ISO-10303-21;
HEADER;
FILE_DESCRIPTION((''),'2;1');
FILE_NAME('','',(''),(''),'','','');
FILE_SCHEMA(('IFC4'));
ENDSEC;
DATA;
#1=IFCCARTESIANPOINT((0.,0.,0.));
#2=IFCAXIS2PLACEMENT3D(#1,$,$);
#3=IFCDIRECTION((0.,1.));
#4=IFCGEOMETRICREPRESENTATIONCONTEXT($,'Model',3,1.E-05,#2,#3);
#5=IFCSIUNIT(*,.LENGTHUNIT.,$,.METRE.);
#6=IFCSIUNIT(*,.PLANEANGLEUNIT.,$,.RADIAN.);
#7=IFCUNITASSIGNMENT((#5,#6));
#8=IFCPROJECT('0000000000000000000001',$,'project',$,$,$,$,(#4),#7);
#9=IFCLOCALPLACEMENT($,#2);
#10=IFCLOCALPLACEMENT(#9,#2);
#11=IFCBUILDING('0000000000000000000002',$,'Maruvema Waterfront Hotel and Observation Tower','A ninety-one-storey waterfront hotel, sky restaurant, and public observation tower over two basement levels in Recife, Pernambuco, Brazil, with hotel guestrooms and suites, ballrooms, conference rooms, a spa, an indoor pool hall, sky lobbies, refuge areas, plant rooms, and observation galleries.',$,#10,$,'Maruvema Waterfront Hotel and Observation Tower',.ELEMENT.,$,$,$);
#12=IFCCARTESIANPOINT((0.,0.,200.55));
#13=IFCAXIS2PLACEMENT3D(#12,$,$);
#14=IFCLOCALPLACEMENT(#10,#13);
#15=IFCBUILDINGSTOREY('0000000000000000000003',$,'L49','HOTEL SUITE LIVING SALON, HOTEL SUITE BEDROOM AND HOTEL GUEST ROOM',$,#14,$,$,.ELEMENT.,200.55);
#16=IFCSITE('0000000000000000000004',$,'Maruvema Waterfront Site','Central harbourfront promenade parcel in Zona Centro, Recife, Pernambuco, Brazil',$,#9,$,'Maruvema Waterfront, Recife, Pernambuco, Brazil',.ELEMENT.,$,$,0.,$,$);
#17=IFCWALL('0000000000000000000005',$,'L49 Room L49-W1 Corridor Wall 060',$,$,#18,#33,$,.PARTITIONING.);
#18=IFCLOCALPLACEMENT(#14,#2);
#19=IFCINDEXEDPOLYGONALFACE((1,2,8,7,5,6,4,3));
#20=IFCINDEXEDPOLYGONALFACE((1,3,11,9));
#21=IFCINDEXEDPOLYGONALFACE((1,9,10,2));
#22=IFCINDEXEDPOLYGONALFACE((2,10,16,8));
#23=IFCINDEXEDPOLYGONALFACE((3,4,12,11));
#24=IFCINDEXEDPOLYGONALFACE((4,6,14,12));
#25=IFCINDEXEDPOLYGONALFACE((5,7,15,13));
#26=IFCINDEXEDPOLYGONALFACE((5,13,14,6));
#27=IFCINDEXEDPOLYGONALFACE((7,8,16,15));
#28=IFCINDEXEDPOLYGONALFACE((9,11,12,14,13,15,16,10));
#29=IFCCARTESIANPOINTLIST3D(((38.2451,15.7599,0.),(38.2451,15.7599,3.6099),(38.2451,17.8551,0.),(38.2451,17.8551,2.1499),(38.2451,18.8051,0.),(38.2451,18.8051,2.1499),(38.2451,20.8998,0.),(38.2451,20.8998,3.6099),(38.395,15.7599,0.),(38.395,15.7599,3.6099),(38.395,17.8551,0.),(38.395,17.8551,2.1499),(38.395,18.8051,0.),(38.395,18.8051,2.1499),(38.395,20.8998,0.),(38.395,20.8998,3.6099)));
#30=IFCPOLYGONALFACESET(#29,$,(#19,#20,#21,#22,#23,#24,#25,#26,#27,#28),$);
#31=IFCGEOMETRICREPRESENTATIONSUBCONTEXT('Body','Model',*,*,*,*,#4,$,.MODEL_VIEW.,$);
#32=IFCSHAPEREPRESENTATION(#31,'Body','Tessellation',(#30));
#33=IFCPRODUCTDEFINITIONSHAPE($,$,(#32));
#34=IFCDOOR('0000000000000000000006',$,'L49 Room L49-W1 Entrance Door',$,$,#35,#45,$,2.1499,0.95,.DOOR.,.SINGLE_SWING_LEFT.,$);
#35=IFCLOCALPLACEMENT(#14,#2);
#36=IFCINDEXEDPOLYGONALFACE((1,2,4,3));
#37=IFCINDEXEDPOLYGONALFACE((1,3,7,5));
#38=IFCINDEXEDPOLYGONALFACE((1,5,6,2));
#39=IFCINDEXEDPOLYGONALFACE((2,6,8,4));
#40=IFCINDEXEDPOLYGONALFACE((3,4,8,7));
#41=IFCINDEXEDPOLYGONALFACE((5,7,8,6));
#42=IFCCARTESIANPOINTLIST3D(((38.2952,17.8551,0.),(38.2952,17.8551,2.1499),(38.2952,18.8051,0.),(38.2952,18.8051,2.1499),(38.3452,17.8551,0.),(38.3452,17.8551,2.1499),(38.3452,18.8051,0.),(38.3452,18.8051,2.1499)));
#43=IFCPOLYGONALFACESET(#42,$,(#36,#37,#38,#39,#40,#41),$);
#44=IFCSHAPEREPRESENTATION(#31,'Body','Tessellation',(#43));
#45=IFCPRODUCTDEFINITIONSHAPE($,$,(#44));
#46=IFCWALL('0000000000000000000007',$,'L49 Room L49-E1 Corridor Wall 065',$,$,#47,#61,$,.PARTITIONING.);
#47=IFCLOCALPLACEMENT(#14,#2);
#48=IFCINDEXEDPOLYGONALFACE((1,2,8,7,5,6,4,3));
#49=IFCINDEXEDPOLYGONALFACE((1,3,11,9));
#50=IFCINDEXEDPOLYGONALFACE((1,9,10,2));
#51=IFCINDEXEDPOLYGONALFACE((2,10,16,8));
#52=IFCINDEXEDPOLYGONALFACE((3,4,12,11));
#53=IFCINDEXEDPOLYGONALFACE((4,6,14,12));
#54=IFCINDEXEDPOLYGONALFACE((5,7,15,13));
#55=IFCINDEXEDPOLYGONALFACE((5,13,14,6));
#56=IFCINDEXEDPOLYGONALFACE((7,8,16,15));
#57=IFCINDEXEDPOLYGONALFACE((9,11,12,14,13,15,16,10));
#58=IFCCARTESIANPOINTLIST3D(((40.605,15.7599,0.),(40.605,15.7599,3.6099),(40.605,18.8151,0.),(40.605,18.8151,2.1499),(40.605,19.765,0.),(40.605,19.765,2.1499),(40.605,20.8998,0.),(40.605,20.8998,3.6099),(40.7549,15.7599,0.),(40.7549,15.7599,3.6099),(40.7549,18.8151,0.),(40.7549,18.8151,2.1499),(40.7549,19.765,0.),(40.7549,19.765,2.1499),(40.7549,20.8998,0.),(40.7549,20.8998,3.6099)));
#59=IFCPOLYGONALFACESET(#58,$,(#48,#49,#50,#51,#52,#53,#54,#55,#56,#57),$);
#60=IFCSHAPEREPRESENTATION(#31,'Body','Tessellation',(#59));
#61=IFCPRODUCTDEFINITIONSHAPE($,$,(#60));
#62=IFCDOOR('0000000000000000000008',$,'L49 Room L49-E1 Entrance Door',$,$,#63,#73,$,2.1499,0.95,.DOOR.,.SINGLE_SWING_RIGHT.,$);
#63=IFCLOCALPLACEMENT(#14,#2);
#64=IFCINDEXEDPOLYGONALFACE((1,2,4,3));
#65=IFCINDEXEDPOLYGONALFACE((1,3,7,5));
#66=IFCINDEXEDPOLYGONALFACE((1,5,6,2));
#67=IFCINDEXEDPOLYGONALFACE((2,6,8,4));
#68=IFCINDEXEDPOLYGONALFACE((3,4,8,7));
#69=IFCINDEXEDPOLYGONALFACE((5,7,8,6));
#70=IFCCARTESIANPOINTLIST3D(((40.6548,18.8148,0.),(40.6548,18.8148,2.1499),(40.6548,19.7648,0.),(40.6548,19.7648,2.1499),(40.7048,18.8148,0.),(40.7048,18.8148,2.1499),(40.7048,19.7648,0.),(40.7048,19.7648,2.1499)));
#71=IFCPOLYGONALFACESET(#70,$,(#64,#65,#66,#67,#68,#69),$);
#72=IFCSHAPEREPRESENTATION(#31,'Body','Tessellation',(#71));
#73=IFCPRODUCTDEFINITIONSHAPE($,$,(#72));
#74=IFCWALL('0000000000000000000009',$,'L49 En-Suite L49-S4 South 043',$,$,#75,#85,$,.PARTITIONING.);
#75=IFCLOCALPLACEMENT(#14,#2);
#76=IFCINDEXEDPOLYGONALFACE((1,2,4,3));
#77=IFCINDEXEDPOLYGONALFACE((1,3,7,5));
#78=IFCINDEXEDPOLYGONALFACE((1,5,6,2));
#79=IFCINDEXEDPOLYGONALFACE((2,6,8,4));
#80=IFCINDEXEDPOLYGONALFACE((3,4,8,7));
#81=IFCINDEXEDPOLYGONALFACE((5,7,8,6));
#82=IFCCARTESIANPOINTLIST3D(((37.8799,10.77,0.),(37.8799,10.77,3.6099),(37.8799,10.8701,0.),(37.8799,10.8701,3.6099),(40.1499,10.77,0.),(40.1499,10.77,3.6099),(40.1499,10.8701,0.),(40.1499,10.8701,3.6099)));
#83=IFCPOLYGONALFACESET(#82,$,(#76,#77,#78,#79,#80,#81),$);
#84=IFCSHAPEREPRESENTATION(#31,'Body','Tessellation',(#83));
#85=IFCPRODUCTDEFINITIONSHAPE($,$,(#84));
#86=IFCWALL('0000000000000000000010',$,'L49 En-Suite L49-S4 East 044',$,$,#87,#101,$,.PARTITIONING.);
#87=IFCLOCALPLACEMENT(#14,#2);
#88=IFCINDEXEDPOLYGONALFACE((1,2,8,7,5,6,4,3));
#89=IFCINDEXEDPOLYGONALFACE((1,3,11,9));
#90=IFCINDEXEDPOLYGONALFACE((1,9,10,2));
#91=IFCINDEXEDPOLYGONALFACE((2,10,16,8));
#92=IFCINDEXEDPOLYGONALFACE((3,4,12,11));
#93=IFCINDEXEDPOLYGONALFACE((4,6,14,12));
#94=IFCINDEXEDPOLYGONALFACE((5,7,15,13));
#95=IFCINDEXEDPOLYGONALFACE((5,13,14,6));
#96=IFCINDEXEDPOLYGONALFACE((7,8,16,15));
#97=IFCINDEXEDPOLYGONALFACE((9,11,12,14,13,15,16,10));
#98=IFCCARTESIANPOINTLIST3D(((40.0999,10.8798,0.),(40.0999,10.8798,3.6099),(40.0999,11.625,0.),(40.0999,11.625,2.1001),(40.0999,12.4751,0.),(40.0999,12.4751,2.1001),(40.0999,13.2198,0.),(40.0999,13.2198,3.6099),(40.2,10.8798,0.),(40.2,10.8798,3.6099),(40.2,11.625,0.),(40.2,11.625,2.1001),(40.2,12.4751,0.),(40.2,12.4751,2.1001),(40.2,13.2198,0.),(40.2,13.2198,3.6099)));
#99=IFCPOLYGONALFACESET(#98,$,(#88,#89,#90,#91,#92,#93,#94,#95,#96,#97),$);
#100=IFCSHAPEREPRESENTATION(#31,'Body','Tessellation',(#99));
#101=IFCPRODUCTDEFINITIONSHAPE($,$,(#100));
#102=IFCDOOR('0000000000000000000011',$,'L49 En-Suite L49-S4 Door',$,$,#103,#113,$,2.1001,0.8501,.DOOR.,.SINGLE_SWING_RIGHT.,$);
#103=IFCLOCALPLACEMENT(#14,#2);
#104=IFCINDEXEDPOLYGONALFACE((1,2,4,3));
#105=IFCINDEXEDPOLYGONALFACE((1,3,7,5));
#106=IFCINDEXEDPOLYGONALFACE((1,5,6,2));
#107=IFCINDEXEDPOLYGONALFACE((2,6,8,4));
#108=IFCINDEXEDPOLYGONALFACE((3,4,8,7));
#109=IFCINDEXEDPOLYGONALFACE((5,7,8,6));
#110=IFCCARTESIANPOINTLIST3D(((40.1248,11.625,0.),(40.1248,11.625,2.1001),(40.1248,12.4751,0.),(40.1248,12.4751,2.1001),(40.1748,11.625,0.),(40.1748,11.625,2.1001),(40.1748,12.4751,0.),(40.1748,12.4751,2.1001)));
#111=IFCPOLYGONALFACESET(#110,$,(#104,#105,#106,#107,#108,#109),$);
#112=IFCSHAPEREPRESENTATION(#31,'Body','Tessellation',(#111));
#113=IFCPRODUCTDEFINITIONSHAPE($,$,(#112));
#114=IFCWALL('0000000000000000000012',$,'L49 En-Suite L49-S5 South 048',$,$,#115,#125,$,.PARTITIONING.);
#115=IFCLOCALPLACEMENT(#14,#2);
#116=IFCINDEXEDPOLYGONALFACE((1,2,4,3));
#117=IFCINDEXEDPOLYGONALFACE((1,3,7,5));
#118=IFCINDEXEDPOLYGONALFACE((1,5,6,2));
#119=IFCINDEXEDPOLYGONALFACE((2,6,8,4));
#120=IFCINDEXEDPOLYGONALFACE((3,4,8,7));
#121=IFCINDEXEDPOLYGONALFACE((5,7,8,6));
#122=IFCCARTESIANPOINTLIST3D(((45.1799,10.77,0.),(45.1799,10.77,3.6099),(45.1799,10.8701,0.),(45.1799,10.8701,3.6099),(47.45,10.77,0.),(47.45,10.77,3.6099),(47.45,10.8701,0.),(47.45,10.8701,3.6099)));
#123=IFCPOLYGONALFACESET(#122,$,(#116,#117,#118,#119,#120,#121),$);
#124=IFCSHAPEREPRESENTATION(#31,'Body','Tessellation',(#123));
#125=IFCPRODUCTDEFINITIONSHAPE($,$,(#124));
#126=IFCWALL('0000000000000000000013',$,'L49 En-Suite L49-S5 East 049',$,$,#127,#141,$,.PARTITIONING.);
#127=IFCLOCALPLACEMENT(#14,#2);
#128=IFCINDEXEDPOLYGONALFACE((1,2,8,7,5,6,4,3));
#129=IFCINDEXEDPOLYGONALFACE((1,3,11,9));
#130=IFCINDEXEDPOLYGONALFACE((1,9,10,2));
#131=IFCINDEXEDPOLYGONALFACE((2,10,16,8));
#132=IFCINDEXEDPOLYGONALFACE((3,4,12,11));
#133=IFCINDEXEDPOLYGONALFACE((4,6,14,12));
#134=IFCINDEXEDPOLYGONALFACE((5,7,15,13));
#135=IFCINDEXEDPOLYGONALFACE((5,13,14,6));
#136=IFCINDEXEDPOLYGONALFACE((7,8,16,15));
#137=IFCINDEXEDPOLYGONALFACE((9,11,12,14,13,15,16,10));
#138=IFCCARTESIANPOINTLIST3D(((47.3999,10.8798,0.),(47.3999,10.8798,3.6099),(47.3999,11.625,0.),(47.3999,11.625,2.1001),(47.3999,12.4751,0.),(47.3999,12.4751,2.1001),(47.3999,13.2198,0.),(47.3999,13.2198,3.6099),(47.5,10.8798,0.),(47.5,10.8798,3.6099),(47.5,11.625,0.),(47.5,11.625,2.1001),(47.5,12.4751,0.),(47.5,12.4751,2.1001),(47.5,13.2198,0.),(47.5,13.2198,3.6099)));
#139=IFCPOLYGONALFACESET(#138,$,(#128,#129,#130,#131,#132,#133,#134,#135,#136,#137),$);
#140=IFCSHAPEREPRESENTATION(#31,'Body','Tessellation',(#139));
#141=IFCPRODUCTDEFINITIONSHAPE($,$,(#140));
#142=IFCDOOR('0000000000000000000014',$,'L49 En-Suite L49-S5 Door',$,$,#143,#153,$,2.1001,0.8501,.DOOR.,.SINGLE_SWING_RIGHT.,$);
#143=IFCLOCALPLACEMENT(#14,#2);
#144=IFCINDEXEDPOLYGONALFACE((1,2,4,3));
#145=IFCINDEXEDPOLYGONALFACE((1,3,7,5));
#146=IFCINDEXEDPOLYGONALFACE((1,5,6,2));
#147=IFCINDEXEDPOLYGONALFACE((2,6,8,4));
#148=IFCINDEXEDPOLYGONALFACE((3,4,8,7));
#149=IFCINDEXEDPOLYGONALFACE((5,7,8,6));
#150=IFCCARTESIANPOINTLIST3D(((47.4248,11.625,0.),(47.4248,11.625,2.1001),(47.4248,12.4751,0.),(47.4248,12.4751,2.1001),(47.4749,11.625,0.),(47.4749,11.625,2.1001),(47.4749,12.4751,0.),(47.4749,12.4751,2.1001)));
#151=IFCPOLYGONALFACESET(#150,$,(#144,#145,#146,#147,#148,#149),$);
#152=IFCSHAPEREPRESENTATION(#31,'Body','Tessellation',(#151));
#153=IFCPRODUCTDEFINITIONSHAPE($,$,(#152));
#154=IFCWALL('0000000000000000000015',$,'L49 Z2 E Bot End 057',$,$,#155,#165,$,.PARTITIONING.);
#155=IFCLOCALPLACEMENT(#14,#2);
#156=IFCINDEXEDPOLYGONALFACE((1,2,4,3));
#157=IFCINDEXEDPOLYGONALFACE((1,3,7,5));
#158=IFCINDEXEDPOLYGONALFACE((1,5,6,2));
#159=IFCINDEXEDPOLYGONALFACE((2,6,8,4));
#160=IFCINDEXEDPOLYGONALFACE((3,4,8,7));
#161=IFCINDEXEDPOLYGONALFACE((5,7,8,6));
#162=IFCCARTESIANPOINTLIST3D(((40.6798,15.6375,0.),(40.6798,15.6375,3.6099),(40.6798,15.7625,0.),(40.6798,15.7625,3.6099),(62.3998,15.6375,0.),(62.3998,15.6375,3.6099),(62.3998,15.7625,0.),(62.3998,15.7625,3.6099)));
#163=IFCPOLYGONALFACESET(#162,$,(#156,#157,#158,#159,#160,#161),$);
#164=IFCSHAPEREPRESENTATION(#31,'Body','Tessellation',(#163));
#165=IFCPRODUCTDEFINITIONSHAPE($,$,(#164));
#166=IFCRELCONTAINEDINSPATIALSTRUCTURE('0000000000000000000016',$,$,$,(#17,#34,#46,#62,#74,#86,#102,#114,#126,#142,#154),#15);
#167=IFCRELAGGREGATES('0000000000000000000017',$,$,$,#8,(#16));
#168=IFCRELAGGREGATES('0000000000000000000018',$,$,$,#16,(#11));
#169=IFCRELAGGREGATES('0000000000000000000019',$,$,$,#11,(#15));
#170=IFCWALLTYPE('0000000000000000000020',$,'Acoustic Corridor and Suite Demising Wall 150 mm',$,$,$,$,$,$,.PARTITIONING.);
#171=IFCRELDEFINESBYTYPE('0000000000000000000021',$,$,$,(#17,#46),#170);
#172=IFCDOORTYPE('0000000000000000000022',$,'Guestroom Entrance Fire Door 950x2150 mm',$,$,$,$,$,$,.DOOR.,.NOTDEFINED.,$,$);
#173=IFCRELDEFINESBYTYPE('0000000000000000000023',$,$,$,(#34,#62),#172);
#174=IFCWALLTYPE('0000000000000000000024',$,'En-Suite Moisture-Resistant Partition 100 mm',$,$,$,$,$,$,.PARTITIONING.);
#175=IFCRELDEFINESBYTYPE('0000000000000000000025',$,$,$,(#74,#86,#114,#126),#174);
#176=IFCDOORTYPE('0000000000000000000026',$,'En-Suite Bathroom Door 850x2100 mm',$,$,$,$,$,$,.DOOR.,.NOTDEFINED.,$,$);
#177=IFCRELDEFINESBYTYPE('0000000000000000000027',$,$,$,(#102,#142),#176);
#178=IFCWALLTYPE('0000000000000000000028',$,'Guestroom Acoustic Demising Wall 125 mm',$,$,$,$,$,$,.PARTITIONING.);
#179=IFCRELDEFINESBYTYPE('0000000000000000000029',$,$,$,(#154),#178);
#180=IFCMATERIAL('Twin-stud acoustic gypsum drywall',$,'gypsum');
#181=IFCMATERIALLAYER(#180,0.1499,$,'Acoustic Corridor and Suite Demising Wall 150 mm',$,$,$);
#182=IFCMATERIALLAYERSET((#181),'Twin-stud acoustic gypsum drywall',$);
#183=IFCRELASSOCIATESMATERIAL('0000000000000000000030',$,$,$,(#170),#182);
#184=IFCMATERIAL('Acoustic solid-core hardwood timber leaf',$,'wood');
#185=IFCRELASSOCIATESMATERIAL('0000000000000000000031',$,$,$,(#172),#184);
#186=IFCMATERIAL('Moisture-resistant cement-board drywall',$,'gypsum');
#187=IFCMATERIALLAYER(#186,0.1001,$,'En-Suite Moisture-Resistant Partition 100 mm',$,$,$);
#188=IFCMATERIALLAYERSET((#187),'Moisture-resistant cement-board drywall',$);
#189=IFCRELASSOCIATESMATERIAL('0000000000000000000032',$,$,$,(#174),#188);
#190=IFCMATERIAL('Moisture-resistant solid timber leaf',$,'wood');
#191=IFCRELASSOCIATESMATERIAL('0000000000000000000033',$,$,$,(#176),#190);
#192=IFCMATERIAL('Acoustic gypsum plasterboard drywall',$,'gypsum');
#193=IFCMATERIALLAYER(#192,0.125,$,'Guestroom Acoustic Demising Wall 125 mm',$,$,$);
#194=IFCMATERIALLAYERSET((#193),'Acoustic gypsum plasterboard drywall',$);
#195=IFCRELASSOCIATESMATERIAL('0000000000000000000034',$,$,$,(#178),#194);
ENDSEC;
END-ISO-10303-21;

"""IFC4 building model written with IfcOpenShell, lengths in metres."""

from ifc_helpers import new_model, si_unit, direction, frame, frame_2d, origin, place, context, subcontext, project, spatial, rectangle, extrude, material, layer, layer_set, type_object, element, fill, save


model = new_model("IFC4")

# Units and contexts
model_context = context("Model", 3, precision=1e-05, world=origin(), true_north=direction((0.0, 1.0)))
body_context = subcontext(model_context, "Body", "Model", "MODEL_VIEW")
ifc_project = project(units=[si_unit("LENGTHUNIT", "METRE"), si_unit("PLANEANGLEUNIT", "RADIAN")], contexts=[model_context])

# Site, building, storey
site_placement = place(None, origin())
site = spatial("IfcSite", under=ifc_project, at=site_placement, Name="Maruvema Waterfront Site", Description="Central harbourfront promenade parcel in Zona Centro, Recife, Pernambuco, Brazil", LongName="Maruvema Waterfront, Recife, Pernambuco, Brazil", CompositionType="ELEMENT", RefElevation=0.0)
building_placement = place(site_placement, origin())
building = spatial("IfcBuilding", under=site, at=building_placement, Name="Maruvema Waterfront Hotel and Observation Tower", Description="A ninety-one-storey waterfront hotel, sky restaurant, and public observation tower over two basement levels in Recife, Pernambuco, Brazil, with hotel guestrooms and suites, ballrooms, conference rooms, a spa, an indoor pool hall, sky lobbies, refuge areas, plant rooms, and observation galleries.", LongName="Maruvema Waterfront Hotel and Observation Tower", CompositionType="ELEMENT")
storey_placement = place(building_placement, frame((0.0, 0.0, 200.55)))
storey = spatial("IfcBuildingStorey", under=building, at=storey_placement, Name="L49", Description="HOTEL SUITE LIVING SALON, HOTEL SUITE BEDROOM AND HOTEL GUEST ROOM", CompositionType="ELEMENT", Elevation=200.55)

# Shared definitions
ifc_material_1 = material(Name="Twin-stud acoustic gypsum drywall", Category="gypsum")
ifc_layer_1 = layer(ifc_material_1, 0.1499, Name="Acoustic Corridor and Suite Demising Wall 150 mm")
ifc_layer_set_1 = layer_set([ifc_layer_1], Name="Twin-stud acoustic gypsum drywall")
wall_type_1 = type_object("IfcWallType", Name="Acoustic Corridor and Suite Demising Wall 150 mm", PredefinedType="PARTITIONING", material=ifc_layer_set_1)

# Shared definitions
ifc_material_2 = material(Name="Acoustic solid-core hardwood timber leaf", Category="wood")
door_type_1 = type_object("IfcDoorType", Name="Guestroom Entrance Fire Door 950x2150 mm", OperationType="NOTDEFINED", PredefinedType="DOOR", material=ifc_material_2)

# Walls, openings, doors
wall_1_placement = place(storey_placement, frame((38.3201, 15.76, 0.0), z_axis=(0.0, 0.0, 1.0), x_axis=(0.0, 1.0, 0.0)))
wall_1 = element("IfcWall", 1, at=wall_1_placement, inside=storey, type_object=wall_type_1, Name="L49 Room L49-W1 Corridor Wall 060", PredefinedType="PARTITIONING", context=body_context, shape_type="SweptSolid", body=[
    extrude(rectangle(XDim=5.1399, YDim=0.1499, at=frame_2d((2.5698, 0.0))), origin(), (0.0, 0.0, 1.0), 3.6099),
])
opening_1_placement = place(wall_1_placement, frame((2.095, 0.0, 0.0)))
opening_1 = element("IfcOpeningElement", 2, at=opening_1_placement, cuts=wall_1, PredefinedType="OPENING", context=body_context, shape_type="SweptSolid", body=[
    extrude(rectangle(XDim=0.95, YDim=2.1499, at=frame_2d((0.4751, 1.075))), frame((0.0, 0.085, 0.0), z_axis=(0.0, -1.0, 0.0), x_axis=(1.0, 0.0, 0.0)), (0.0, 0.0, 1.0), 0.1699),
])
door_1_placement = place(opening_1_placement, origin())
door_1 = element("IfcDoor", 3, at=door_1_placement, inside=storey, type_object=door_type_1, Name="L49 Room L49-W1 Entrance Door", OperationType="SINGLE_SWING_LEFT", OverallHeight=2.1499, OverallWidth=0.95, PredefinedType="DOOR", context=body_context, shape_type="SweptSolid", body=[
    extrude(rectangle(XDim=0.95, YDim=2.1499, at=frame_2d((0.4751, 1.075))), frame((0.0, 0.0249, 0.0), z_axis=(0.0, -1.0, 0.0), x_axis=(1.0, 0.0, 0.0)), (0.0, 0.0, 1.0), 0.05),
])
fill(opening_1, door_1)
wall_2_placement = place(storey_placement, frame((40.6799, 15.76, 0.0), z_axis=(0.0, 0.0, 1.0), x_axis=(0.0, 1.0, 0.0)))
wall_2 = element("IfcWall", 4, at=wall_2_placement, inside=storey, type_object=wall_type_1, Name="L49 Room L49-E1 Corridor Wall 065", PredefinedType="PARTITIONING", context=body_context, shape_type="SweptSolid", body=[
    extrude(rectangle(XDim=5.1399, YDim=0.1499, at=frame_2d((2.5698, 0.0))), origin(), (0.0, 0.0, 1.0), 3.6099),
])
opening_2_placement = place(wall_2_placement, frame((3.0549, 0.0, 0.0)))
opening_2 = element("IfcOpeningElement", 5, at=opening_2_placement, cuts=wall_2, PredefinedType="OPENING", context=body_context, shape_type="SweptSolid", body=[
    extrude(rectangle(XDim=0.95, YDim=2.1499, at=frame_2d((0.4751, 1.075))), frame((0.0, 0.085, 0.0), z_axis=(0.0, -1.0, 0.0), x_axis=(1.0, 0.0, 0.0)), (0.0, 0.0, 1.0), 0.1699),
])
door_2_placement = place(opening_2_placement, frame((0.95, 0.0, 0.0), z_axis=(0.0, 0.0, 1.0), x_axis=(-1.0, 0.0, 0.0)))
door_2 = element("IfcDoor", 6, at=door_2_placement, inside=storey, type_object=door_type_1, Name="L49 Room L49-E1 Entrance Door", OperationType="SINGLE_SWING_RIGHT", OverallHeight=2.1499, OverallWidth=0.95, PredefinedType="DOOR", context=body_context, shape_type="SweptSolid", body=[
    extrude(rectangle(XDim=0.95, YDim=2.1499, at=frame_2d((0.4751, 1.075))), frame((0.0, 0.0249, 0.0), z_axis=(0.0, -1.0, 0.0), x_axis=(1.0, 0.0, 0.0)), (0.0, 0.0, 1.0), 0.05),
])
fill(opening_2, door_2)

# Wall
ifc_material_3 = material(Name="Moisture-resistant cement-board drywall", Category="gypsum")
ifc_layer_2 = layer(ifc_material_3, 0.1001, Name="En-Suite Moisture-Resistant Partition 100 mm")
ifc_layer_set_2 = layer_set([ifc_layer_2], Name="Moisture-resistant cement-board drywall")
wall_type_2 = type_object("IfcWallType", Name="En-Suite Moisture-Resistant Partition 100 mm", PredefinedType="PARTITIONING", material=ifc_layer_set_2)
wall_3_placement = place(storey_placement, frame((37.8799, 10.8201, 0.0), z_axis=(0.0, 0.0, 1.0), x_axis=(1.0, 0.0, 0.0)))
element("IfcWall", 7, at=wall_3_placement, inside=storey, type_object=wall_type_2, Name="L49 En-Suite L49-S4 South 043", PredefinedType="PARTITIONING", context=body_context, shape_type="SweptSolid", body=[
    extrude(rectangle(XDim=2.27, YDim=0.1001, at=frame_2d((1.135, 0.0))), origin(), (0.0, 0.0, 1.0), 3.6099),
])

# Wall, opening, door
wall_4_placement = place(storey_placement, frame((40.1499, 10.8799, 0.0), z_axis=(0.0, 0.0, 1.0), x_axis=(0.0, 1.0, 0.0)))
wall_4 = element("IfcWall", 8, at=wall_4_placement, inside=storey, type_object=wall_type_2, Name="L49 En-Suite L49-S4 East 044", PredefinedType="PARTITIONING", context=body_context, shape_type="SweptSolid", body=[
    extrude(rectangle(XDim=2.3401, YDim=0.1001, at=frame_2d((1.1699, 0.0))), origin(), (0.0, 0.0, 1.0), 3.6099),
])
opening_3_placement = place(wall_4_placement, frame((0.7451, 0.0, 0.0)))
opening_3 = element("IfcOpeningElement", 9, at=opening_3_placement, cuts=wall_4, PredefinedType="OPENING", context=body_context, shape_type="SweptSolid", body=[
    extrude(rectangle(XDim=0.8501, YDim=2.1001, at=frame_2d((0.425, 1.05))), frame((0.0, 0.0601, 0.0), z_axis=(0.0, -1.0, 0.0), x_axis=(1.0, 0.0, 0.0)), (0.0, 0.0, 1.0), 0.1201),
])
ifc_material_4 = material(Name="Moisture-resistant solid timber leaf", Category="wood")
door_type_2 = type_object("IfcDoorType", Name="En-Suite Bathroom Door 850x2100 mm", OperationType="NOTDEFINED", PredefinedType="DOOR", material=ifc_material_4)
door_3_placement = place(opening_3_placement, frame((0.8501, 0.0, 0.0), z_axis=(0.0, 0.0, 1.0), x_axis=(-1.0, 0.0, 0.0)))
door_3 = element("IfcDoor", 10, at=door_3_placement, inside=storey, type_object=door_type_2, Name="L49 En-Suite L49-S4 Door", OperationType="SINGLE_SWING_RIGHT", OverallHeight=2.1001, OverallWidth=0.8501, PredefinedType="DOOR", context=body_context, shape_type="SweptSolid", body=[
    extrude(rectangle(XDim=0.8501, YDim=2.1001, at=frame_2d((0.425, 1.05))), frame((0.0, 0.0249, 0.0), z_axis=(0.0, -1.0, 0.0), x_axis=(1.0, 0.0, 0.0)), (0.0, 0.0, 1.0), 0.05),
])
fill(opening_3, door_3)

# Wall
wall_5_placement = place(storey_placement, frame((45.1799, 10.8201, 0.0), z_axis=(0.0, 0.0, 1.0), x_axis=(1.0, 0.0, 0.0)))
element("IfcWall", 11, at=wall_5_placement, inside=storey, type_object=wall_type_2, Name="L49 En-Suite L49-S5 South 048", PredefinedType="PARTITIONING", context=body_context, shape_type="SweptSolid", body=[
    extrude(rectangle(XDim=2.27, YDim=0.1001, at=frame_2d((1.135, 0.0))), origin(), (0.0, 0.0, 1.0), 3.6099),
])

# Wall, opening, door
wall_6_placement = place(storey_placement, frame((47.45, 10.8799, 0.0), z_axis=(0.0, 0.0, 1.0), x_axis=(0.0, 1.0, 0.0)))
wall_6 = element("IfcWall", 12, at=wall_6_placement, inside=storey, type_object=wall_type_2, Name="L49 En-Suite L49-S5 East 049", PredefinedType="PARTITIONING", context=body_context, shape_type="SweptSolid", body=[
    extrude(rectangle(XDim=2.3401, YDim=0.1001, at=frame_2d((1.1699, 0.0))), origin(), (0.0, 0.0, 1.0), 3.6099),
])
opening_4_placement = place(wall_6_placement, frame((0.7451, 0.0, 0.0)))
opening_4 = element("IfcOpeningElement", 13, at=opening_4_placement, cuts=wall_6, PredefinedType="OPENING", context=body_context, shape_type="SweptSolid", body=[
    extrude(rectangle(XDim=0.8501, YDim=2.1001, at=frame_2d((0.425, 1.05))), frame((0.0, 0.0601, 0.0), z_axis=(0.0, -1.0, 0.0), x_axis=(1.0, 0.0, 0.0)), (0.0, 0.0, 1.0), 0.1201),
])
door_4_placement = place(opening_4_placement, frame((0.8501, 0.0, 0.0), z_axis=(0.0, 0.0, 1.0), x_axis=(-1.0, 0.0, 0.0)))
door_4 = element("IfcDoor", 14, at=door_4_placement, inside=storey, type_object=door_type_2, Name="L49 En-Suite L49-S5 Door", OperationType="SINGLE_SWING_RIGHT", OverallHeight=2.1001, OverallWidth=0.8501, PredefinedType="DOOR", context=body_context, shape_type="SweptSolid", body=[
    extrude(rectangle(XDim=0.8501, YDim=2.1001, at=frame_2d((0.425, 1.05))), frame((0.0, 0.0249, 0.0), z_axis=(0.0, -1.0, 0.0), x_axis=(1.0, 0.0, 0.0)), (0.0, 0.0, 1.0), 0.05),
])
fill(opening_4, door_4)

# Wall
ifc_material_5 = material(Name="Acoustic gypsum plasterboard drywall", Category="gypsum")
ifc_layer_3 = layer(ifc_material_5, 0.125, Name="Guestroom Acoustic Demising Wall 125 mm")
ifc_layer_set_3 = layer_set([ifc_layer_3], Name="Acoustic gypsum plasterboard drywall")
wall_type_3 = type_object("IfcWallType", Name="Guestroom Acoustic Demising Wall 125 mm", PredefinedType="PARTITIONING", material=ifc_layer_set_3)
wall_7_placement = place(storey_placement, frame((40.6799, 15.7, 0.0), z_axis=(0.0, 0.0, 1.0), x_axis=(1.0, 0.0, 0.0)))
element("IfcWall", 15, at=wall_7_placement, inside=storey, type_object=wall_type_3, Name="L49 Z2 E Bot End 057", PredefinedType="PARTITIONING", context=body_context, shape_type="SweptSolid", body=[
    extrude(rectangle(XDim=21.72, YDim=0.125, at=frame_2d((10.8599, 0.0))), origin(), (0.0, 0.0, 1.0), 3.6099),
])

save(model, "model.ifc")
